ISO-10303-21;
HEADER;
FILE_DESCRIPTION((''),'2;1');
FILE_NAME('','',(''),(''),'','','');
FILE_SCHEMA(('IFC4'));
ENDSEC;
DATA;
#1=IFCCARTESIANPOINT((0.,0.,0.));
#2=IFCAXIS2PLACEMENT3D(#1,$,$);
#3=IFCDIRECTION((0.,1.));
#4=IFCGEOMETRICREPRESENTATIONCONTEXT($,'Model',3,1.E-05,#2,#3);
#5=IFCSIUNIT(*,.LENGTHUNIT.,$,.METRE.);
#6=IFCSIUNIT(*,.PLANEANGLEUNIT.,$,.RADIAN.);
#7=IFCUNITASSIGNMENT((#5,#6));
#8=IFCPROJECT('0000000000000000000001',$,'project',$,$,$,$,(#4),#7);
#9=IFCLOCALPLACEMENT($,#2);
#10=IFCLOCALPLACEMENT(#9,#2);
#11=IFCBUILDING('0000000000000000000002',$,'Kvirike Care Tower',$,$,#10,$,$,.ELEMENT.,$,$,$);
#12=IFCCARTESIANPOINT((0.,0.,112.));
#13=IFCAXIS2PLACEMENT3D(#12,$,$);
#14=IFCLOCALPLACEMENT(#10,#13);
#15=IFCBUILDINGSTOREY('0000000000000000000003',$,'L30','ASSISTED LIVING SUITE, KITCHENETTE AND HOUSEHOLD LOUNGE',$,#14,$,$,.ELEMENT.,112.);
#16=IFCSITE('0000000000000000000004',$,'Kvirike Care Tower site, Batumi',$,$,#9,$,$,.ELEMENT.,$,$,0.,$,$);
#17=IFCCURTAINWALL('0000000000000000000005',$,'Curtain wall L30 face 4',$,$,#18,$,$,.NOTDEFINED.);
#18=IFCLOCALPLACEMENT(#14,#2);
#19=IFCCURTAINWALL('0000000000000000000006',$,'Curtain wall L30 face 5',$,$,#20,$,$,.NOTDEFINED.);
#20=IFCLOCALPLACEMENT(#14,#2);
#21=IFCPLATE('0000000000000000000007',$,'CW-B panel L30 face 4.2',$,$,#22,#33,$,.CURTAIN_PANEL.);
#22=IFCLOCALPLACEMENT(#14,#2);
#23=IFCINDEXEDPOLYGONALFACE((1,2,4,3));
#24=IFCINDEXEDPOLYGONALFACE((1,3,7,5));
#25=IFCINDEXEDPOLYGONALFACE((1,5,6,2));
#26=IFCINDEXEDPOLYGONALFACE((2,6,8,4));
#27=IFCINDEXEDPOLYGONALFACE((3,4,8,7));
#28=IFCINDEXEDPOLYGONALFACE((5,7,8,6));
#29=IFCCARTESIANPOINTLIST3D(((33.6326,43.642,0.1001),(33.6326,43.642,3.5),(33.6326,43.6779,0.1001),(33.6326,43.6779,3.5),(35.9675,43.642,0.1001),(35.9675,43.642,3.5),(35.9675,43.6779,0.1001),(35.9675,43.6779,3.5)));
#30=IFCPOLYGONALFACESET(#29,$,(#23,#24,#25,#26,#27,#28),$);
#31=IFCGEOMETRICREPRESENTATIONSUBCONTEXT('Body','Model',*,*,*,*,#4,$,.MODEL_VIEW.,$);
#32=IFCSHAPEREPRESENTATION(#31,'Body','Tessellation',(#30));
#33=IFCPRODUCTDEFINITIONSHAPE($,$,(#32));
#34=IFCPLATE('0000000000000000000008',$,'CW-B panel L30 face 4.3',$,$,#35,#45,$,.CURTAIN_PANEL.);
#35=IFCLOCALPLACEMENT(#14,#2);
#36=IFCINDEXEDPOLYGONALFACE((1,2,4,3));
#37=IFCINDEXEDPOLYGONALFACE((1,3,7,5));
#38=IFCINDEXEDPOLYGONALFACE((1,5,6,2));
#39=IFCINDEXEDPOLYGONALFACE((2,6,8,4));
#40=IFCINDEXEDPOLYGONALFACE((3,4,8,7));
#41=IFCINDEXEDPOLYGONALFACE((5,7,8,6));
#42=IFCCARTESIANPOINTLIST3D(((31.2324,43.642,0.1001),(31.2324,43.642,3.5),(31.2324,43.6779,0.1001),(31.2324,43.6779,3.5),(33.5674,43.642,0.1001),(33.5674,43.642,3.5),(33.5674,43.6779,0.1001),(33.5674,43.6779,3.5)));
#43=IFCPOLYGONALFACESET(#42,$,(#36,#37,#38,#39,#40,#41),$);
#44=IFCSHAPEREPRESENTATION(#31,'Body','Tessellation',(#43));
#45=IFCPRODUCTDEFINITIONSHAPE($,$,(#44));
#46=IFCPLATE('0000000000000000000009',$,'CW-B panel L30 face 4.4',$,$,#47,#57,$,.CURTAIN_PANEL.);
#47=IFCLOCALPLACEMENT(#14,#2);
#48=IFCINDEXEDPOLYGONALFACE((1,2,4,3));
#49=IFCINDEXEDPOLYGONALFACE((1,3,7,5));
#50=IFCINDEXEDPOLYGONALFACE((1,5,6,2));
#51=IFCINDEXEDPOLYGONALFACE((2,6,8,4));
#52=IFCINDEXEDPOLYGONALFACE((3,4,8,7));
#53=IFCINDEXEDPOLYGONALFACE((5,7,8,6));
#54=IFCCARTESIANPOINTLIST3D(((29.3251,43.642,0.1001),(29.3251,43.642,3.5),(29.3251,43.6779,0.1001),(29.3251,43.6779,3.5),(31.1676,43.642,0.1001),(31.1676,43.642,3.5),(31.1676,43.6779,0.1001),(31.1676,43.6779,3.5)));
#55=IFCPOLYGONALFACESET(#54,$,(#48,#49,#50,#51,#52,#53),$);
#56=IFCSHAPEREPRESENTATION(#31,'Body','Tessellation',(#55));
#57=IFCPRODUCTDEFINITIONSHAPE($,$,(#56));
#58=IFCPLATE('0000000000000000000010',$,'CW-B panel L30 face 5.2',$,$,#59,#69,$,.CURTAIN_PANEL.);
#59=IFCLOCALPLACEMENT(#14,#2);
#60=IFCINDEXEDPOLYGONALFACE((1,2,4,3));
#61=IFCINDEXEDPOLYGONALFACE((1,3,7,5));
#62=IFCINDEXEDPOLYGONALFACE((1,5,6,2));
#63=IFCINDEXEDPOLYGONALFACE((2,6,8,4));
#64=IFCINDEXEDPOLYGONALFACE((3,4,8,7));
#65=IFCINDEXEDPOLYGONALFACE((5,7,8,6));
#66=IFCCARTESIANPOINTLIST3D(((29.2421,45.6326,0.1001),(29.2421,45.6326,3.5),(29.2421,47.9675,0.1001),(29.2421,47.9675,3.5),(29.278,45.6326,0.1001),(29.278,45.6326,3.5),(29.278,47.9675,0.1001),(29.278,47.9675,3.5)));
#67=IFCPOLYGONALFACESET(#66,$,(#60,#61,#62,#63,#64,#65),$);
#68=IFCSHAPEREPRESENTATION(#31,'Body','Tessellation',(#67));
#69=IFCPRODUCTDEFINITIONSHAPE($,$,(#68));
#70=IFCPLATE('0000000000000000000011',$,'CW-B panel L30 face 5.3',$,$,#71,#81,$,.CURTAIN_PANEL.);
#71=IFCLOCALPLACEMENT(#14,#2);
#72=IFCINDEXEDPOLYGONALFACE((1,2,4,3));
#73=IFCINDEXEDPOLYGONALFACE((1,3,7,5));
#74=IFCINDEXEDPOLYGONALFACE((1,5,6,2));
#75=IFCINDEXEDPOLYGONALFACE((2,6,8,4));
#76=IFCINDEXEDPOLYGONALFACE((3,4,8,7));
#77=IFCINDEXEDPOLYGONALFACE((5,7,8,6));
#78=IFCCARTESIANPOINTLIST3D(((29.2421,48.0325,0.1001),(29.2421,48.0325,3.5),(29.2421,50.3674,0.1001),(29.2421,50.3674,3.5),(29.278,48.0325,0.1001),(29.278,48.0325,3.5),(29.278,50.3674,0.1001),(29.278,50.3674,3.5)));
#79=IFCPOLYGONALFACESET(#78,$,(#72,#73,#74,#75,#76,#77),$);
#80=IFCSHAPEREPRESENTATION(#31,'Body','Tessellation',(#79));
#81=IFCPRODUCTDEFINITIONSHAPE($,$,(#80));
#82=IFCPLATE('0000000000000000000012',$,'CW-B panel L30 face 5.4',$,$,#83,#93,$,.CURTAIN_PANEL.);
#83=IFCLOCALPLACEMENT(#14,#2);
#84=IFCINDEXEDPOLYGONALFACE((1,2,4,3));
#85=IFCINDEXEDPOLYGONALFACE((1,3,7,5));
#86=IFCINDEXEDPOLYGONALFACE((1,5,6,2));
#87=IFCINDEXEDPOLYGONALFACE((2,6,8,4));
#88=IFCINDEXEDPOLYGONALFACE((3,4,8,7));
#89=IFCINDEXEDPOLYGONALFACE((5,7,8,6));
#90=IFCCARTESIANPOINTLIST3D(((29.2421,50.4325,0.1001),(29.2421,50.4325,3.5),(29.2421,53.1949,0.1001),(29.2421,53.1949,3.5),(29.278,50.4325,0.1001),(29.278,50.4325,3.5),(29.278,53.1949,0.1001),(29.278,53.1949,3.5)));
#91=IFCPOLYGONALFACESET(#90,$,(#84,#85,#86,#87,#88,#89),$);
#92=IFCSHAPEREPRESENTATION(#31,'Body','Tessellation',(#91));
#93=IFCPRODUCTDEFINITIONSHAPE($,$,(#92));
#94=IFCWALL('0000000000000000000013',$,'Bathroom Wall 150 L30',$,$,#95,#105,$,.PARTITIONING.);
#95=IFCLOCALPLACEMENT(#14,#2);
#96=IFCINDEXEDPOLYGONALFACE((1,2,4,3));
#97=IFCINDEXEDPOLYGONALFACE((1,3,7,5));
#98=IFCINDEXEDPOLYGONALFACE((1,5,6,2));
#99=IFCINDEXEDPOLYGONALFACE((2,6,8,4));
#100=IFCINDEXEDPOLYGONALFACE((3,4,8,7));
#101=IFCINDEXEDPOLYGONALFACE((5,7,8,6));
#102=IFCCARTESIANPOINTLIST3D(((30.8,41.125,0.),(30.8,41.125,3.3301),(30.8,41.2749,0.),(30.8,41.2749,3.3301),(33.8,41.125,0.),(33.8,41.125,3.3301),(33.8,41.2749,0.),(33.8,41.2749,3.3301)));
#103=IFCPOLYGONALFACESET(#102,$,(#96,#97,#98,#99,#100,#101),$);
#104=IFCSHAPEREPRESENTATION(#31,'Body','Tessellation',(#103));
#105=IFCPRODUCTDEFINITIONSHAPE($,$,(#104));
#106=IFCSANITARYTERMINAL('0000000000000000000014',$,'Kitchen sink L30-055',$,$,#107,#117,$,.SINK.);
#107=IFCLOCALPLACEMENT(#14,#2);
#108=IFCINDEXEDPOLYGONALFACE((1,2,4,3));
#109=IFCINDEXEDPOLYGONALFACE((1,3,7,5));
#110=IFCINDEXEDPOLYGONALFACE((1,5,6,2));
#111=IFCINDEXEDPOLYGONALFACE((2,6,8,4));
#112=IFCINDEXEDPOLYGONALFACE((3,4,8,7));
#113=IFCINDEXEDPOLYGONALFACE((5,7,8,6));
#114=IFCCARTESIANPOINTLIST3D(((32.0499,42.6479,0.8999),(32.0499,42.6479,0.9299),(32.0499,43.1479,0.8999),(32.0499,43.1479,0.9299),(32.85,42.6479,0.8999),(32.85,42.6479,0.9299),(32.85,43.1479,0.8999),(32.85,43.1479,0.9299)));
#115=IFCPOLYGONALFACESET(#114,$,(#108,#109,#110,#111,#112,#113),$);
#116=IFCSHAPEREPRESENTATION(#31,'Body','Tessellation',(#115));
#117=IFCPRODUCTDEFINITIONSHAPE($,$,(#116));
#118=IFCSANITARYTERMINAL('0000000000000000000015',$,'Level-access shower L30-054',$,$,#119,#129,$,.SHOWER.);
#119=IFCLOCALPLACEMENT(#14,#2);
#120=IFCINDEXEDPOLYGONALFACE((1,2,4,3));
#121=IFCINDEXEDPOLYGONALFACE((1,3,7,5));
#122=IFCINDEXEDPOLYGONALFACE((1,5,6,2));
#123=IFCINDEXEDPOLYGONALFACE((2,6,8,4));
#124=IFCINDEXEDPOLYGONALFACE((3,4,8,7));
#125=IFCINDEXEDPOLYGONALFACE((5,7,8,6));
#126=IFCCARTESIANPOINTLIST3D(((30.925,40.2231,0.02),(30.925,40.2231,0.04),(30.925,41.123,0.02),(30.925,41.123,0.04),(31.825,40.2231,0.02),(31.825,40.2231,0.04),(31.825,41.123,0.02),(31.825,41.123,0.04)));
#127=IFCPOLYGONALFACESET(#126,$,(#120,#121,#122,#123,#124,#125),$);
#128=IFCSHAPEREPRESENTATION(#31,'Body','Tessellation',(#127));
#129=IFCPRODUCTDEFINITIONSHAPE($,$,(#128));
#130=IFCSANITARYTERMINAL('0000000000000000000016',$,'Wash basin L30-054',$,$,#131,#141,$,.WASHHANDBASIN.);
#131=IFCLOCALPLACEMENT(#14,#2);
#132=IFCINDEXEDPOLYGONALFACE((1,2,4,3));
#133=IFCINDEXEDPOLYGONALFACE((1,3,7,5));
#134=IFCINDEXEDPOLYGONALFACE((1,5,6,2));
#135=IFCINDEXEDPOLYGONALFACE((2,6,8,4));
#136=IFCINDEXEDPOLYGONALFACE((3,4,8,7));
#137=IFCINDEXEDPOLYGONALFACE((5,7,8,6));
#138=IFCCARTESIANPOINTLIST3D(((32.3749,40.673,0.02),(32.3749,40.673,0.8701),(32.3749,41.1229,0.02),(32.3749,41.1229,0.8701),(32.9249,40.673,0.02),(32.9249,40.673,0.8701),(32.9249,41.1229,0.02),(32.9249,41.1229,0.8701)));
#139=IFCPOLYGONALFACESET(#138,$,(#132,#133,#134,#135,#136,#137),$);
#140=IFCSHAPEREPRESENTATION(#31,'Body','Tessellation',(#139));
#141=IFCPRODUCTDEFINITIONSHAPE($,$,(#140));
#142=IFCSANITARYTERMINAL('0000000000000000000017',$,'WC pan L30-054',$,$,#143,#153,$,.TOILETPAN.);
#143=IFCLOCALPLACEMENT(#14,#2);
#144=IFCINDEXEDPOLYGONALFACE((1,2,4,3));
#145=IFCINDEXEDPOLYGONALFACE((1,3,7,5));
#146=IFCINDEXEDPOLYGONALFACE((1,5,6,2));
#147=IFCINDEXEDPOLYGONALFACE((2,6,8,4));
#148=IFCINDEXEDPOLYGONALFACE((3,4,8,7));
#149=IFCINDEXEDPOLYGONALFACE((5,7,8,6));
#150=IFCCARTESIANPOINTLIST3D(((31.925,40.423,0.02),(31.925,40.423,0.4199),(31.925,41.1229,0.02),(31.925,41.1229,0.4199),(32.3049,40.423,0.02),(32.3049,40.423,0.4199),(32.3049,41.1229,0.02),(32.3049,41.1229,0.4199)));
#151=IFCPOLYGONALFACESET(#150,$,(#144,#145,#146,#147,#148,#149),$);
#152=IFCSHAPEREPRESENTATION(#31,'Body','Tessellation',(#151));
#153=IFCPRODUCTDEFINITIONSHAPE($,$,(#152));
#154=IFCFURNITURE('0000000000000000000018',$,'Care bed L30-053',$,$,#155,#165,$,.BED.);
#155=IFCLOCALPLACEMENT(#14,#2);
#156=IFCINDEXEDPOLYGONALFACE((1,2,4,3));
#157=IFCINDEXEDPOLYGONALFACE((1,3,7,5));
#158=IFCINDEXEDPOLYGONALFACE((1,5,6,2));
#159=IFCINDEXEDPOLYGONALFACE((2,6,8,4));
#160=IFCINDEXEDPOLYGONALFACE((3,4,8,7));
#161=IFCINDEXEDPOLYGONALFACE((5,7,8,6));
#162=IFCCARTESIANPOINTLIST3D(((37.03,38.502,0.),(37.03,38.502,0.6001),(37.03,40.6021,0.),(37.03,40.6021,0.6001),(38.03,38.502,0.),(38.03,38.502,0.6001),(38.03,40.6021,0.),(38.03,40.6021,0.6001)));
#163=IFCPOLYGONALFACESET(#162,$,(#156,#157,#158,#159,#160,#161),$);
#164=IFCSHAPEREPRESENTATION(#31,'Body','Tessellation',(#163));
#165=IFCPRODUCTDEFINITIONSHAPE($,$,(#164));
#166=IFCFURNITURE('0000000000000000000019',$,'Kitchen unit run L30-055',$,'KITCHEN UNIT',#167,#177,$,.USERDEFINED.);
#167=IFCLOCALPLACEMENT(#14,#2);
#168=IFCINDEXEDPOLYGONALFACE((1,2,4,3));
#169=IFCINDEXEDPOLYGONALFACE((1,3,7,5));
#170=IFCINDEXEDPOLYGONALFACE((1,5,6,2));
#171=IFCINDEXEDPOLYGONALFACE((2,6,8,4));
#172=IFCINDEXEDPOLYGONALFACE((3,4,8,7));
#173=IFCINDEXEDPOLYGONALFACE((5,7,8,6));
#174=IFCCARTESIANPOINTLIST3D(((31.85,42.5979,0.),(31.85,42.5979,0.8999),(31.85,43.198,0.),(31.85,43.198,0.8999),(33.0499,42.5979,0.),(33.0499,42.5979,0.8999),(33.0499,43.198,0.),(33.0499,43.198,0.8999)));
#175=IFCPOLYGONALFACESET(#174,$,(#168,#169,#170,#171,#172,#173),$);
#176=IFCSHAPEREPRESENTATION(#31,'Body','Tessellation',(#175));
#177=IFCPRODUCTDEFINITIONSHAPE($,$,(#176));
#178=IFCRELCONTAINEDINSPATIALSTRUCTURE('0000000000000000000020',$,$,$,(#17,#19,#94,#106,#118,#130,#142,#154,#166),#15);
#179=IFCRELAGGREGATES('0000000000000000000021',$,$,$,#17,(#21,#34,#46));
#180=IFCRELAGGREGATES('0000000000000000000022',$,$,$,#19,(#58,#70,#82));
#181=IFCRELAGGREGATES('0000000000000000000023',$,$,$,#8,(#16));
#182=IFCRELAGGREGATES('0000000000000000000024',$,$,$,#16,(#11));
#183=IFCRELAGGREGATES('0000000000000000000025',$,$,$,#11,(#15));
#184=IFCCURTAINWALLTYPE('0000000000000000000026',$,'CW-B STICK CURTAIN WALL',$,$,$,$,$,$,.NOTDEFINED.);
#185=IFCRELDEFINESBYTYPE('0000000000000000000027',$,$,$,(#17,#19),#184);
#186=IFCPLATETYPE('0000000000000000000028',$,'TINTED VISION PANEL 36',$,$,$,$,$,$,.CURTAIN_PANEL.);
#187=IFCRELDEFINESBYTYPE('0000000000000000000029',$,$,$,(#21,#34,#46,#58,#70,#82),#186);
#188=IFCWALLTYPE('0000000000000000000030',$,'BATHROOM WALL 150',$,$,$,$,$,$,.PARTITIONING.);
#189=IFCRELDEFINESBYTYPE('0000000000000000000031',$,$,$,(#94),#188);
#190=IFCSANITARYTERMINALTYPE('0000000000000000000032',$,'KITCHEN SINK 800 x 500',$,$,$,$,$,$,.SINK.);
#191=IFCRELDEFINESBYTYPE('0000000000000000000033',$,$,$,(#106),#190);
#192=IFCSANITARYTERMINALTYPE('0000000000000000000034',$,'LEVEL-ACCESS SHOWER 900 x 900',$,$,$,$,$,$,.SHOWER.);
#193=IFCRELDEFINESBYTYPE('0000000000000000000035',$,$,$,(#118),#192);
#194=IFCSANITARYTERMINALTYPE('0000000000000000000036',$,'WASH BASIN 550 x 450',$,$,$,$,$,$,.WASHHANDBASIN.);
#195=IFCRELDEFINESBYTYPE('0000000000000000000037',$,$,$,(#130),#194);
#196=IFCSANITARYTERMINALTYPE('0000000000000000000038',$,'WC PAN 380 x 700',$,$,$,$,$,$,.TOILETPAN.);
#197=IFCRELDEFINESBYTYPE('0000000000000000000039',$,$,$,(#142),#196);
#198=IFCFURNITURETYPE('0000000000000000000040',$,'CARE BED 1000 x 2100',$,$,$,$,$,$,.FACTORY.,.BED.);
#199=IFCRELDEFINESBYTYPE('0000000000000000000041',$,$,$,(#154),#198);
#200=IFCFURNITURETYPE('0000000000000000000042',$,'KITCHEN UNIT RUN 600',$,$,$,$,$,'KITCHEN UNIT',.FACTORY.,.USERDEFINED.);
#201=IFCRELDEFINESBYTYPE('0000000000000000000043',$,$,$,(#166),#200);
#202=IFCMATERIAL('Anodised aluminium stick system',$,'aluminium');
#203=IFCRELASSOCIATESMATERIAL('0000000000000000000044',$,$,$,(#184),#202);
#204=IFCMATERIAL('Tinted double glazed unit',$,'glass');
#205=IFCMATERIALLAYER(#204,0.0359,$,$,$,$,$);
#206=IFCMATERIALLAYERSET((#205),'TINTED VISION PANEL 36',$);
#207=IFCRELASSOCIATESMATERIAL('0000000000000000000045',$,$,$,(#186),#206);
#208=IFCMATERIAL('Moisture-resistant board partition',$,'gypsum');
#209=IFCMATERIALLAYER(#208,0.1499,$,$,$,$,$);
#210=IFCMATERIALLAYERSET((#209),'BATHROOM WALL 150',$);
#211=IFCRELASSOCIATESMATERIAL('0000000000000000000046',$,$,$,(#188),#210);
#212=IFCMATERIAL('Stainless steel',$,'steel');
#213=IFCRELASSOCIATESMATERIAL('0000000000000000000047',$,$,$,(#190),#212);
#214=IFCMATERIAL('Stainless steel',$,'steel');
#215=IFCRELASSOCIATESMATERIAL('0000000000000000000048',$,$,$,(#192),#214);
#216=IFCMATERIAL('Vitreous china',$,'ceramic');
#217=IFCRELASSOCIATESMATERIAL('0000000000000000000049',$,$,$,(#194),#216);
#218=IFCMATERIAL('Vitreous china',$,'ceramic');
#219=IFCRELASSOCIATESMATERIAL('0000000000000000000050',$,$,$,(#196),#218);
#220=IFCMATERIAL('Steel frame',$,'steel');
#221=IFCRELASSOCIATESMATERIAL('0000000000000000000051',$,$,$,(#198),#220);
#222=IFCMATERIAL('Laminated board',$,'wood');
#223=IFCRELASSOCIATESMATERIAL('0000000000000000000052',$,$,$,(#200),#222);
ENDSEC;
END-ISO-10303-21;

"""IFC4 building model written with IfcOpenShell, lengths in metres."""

from ifc_helpers import new_model, si_unit, direction, frame, frame_2d, origin, origin_2d, place, context, subcontext, project, spatial, rectangle, extrude, material, layer, layer_set, type_object, element, aggregate, save


model = new_model("IFC4")

# Units and contexts
model_context = context("Model", 3, precision=1e-05, world=origin(), true_north=direction((0.0, 1.0)))
body_context = subcontext(model_context, "Body", "Model", "MODEL_VIEW")
ifc_project = project(units=[si_unit("LENGTHUNIT", "METRE"), si_unit("PLANEANGLEUNIT", "RADIAN")], contexts=[model_context])

# Site, building, storey
site_placement = place(None, origin())
site = spatial("IfcSite", under=ifc_project, at=site_placement, Name="Kvirike Care Tower site, Batumi", CompositionType="ELEMENT", RefElevation=0.0)
building_placement = place(site_placement, origin())
building = spatial("IfcBuilding", under=site, at=building_placement, Name="Kvirike Care Tower", CompositionType="ELEMENT")
storey_placement = place(building_placement, frame((0.0, 0.0, 112.0)))
storey = spatial("IfcBuildingStorey", under=building, at=storey_placement, Name="L30", Description="ASSISTED LIVING SUITE, KITCHENETTE AND HOUSEHOLD LOUNGE", CompositionType="ELEMENT", Elevation=112.0)

# Curtain walls
ifc_material_1 = material(Name="Anodised aluminium stick system", Category="aluminium")
curtain_wall_type = type_object("IfcCurtainWallType", Name="CW-B STICK CURTAIN WALL", PredefinedType="NOTDEFINED", material=ifc_material_1)
curtain_wall_1_placement = place(storey_placement, origin())
curtain_wall_1 = element("IfcCurtainWall", 1, at=curtain_wall_1_placement, inside=storey, type_object=curtain_wall_type, Name="Curtain wall L30 face 4", PredefinedType="NOTDEFINED")
curtain_wall_2_placement = place(storey_placement, origin())
curtain_wall_2 = element("IfcCurtainWall", 2, at=curtain_wall_2_placement, inside=storey, type_object=curtain_wall_type, Name="Curtain wall L30 face 5", PredefinedType="NOTDEFINED")

# Plates
ifc_material_2 = material(Name="Tinted double glazed unit", Category="glass")
ifc_layer_1 = layer(ifc_material_2, 0.0359)
ifc_layer_set_1 = layer_set([ifc_layer_1], Name="TINTED VISION PANEL 36")
plate_type = type_object("IfcPlateType", Name="TINTED VISION PANEL 36", PredefinedType="CURTAIN_PANEL", material=ifc_layer_set_1)
plate_1_placement = place(storey_placement, frame((34.8, 43.6599, 0.1001), z_axis=(0.0, 0.0, 1.0), x_axis=(-1.0, 0.0, 0.0)))
plate_1 = element("IfcPlate", 3, at=plate_1_placement, type_object=plate_type, Name="CW-B panel L30 face 4.2", PredefinedType="CURTAIN_PANEL", context=body_context, shape_type="SweptSolid", body=[
    extrude(rectangle(XDim=2.335, YDim=0.0359, at=origin_2d()), origin(), (0.0, 0.0, 1.0), 3.3999),
])
plate_2_placement = place(storey_placement, frame((32.3999, 43.6599, 0.1001), z_axis=(0.0, 0.0, 1.0), x_axis=(-1.0, 0.0, 0.0)))
plate_2 = element("IfcPlate", 4, at=plate_2_placement, type_object=plate_type, Name="CW-B panel L30 face 4.3", PredefinedType="CURTAIN_PANEL", context=body_context, shape_type="SweptSolid", body=[
    extrude(rectangle(XDim=2.335, YDim=0.0359, at=origin_2d()), origin(), (0.0, 0.0, 1.0), 3.3999),
])
plate_3_placement = place(storey_placement, frame((30.2463, 43.6599, 0.1001), z_axis=(0.0, 0.0, 1.0), x_axis=(-1.0, 0.0, 0.0)))
plate_3 = element("IfcPlate", 5, at=plate_3_placement, type_object=plate_type, Name="CW-B panel L30 face 4.4", PredefinedType="CURTAIN_PANEL", context=body_context, shape_type="SweptSolid", body=[
    extrude(rectangle(XDim=1.8425, YDim=0.0359, at=origin_2d()), origin(), (0.0, 0.0, 1.0), 3.3999),
])
aggregate(curtain_wall_1, [plate_1, plate_2, plate_3])
plate_4_placement = place(storey_placement, frame((29.26, 46.8, 0.1001), z_axis=(0.0, 0.0, 1.0), x_axis=(0.0, 1.0, 0.0)))
plate_4 = element("IfcPlate", 6, at=plate_4_placement, type_object=plate_type, Name="CW-B panel L30 face 5.2", PredefinedType="CURTAIN_PANEL", context=body_context, shape_type="SweptSolid", body=[
    extrude(rectangle(XDim=2.335, YDim=0.0359, at=origin_2d()), origin(), (0.0, 0.0, 1.0), 3.3999),
])
plate_5_placement = place(storey_placement, frame((29.26, 49.2, 0.1001), z_axis=(0.0, 0.0, 1.0), x_axis=(0.0, 1.0, 0.0)))
plate_5 = element("IfcPlate", 7, at=plate_5_placement, type_object=plate_type, Name="CW-B panel L30 face 5.3", PredefinedType="CURTAIN_PANEL", context=body_context, shape_type="SweptSolid", body=[
    extrude(rectangle(XDim=2.335, YDim=0.0359, at=origin_2d()), origin(), (0.0, 0.0, 1.0), 3.3999),
])
plate_6_placement = place(storey_placement, frame((29.26, 51.8137, 0.1001), z_axis=(0.0, 0.0, 1.0), x_axis=(0.0, 1.0, 0.0)))
plate_6 = element("IfcPlate", 8, at=plate_6_placement, type_object=plate_type, Name="CW-B panel L30 face 5.4", PredefinedType="CURTAIN_PANEL", context=body_context, shape_type="SweptSolid", body=[
    extrude(rectangle(XDim=2.7625, YDim=0.0359, at=origin_2d()), origin(), (0.0, 0.0, 1.0), 3.3999),
])
aggregate(curtain_wall_2, [plate_4, plate_5, plate_6])

# Wall
ifc_material_3 = material(Name="Moisture-resistant board partition", Category="gypsum")
ifc_layer_2 = layer(ifc_material_3, 0.1499)
ifc_layer_set_2 = layer_set([ifc_layer_2], Name="BATHROOM WALL 150")
wall_type = type_object("IfcWallType", Name="BATHROOM WALL 150", PredefinedType="PARTITIONING", material=ifc_layer_set_2)
wall_placement = place(storey_placement, frame((33.8, 41.2, 0.0), z_axis=(0.0, 0.0, 1.0), x_axis=(-1.0, 0.0, 0.0)))
element("IfcWall", 9, at=wall_placement, inside=storey, type_object=wall_type, Name="Bathroom Wall 150 L30", PredefinedType="PARTITIONING", context=body_context, shape_type="SweptSolid", body=[
    extrude(rectangle(XDim=3.0, YDim=0.1499, at=frame_2d((1.5, 0.0))), origin(), (0.0, 0.0, 1.0), 3.3301),
])

# Sanitary terminals
ifc_material_4 = material(Name="Stainless steel", Category="steel")
sanitary_terminal_type_1 = type_object("IfcSanitaryTerminalType", Name="KITCHEN SINK 800 x 500", PredefinedType="SINK", material=ifc_material_4)
sanitary_terminal_1_placement = place(storey_placement, frame((32.45, 42.8979, 0.8999), z_axis=(0.0, 0.0, 1.0), x_axis=(1.0, 0.0, 0.0)))
element("IfcSanitaryTerminal", 10, at=sanitary_terminal_1_placement, inside=storey, type_object=sanitary_terminal_type_1, Name="Kitchen sink L30-055", PredefinedType="SINK", context=body_context, shape_type="SweptSolid", body=[
    extrude(rectangle(XDim=0.8, YDim=0.5, at=origin_2d()), origin(), (0.0, 0.0, 1.0), 0.03),
])
ifc_material_5 = material(Name="Stainless steel", Category="steel")
sanitary_terminal_type_2 = type_object("IfcSanitaryTerminalType", Name="LEVEL-ACCESS SHOWER 900 x 900", PredefinedType="SHOWER", material=ifc_material_5)
sanitary_terminal_2_placement = place(storey_placement, frame((31.375, 40.6731, 0.02), z_axis=(0.0, 0.0, 1.0), x_axis=(1.0, 0.0, 0.0)))
element("IfcSanitaryTerminal", 11, at=sanitary_terminal_2_placement, inside=storey, type_object=sanitary_terminal_type_2, Name="Level-access shower L30-054", PredefinedType="SHOWER", context=body_context, shape_type="SweptSolid", body=[
    extrude(rectangle(XDim=0.8999, YDim=0.8999, at=origin_2d()), origin(), (0.0, 0.0, 1.0), 0.02),
])
ifc_material_6 = material(Name="Vitreous china", Category="ceramic")
sanitary_terminal_type_3 = type_object("IfcSanitaryTerminalType", Name="WASH BASIN 550 x 450", PredefinedType="WASHHANDBASIN", material=ifc_material_6)
sanitary_terminal_3_placement = place(storey_placement, frame((32.6499, 40.8979, 0.02), z_axis=(0.0, 0.0, 1.0), x_axis=(1.0, 0.0, 0.0)))
element("IfcSanitaryTerminal", 12, at=sanitary_terminal_3_placement, inside=storey, type_object=sanitary_terminal_type_3, Name="Wash basin L30-054", PredefinedType="WASHHANDBASIN", context=body_context, shape_type="SweptSolid", body=[
    extrude(rectangle(XDim=0.55, YDim=0.45, at=origin_2d()), origin(), (0.0, 0.0, 1.0), 0.8501),
])
ifc_material_7 = material(Name="Vitreous china", Category="ceramic")
sanitary_terminal_type_4 = type_object("IfcSanitaryTerminalType", Name="WC PAN 380 x 700", PredefinedType="TOILETPAN", material=ifc_material_7)
sanitary_terminal_4_placement = place(storey_placement, frame((32.115, 40.7729, 0.02), z_axis=(0.0, 0.0, 1.0), x_axis=(1.0, 0.0, 0.0)))
element("IfcSanitaryTerminal", 13, at=sanitary_terminal_4_placement, inside=storey, type_object=sanitary_terminal_type_4, Name="WC pan L30-054", PredefinedType="TOILETPAN", context=body_context, shape_type="SweptSolid", body=[
    extrude(rectangle(XDim=0.3799, YDim=0.7, at=origin_2d()), origin(), (0.0, 0.0, 1.0), 0.3999),
])

# Furniture
ifc_material_8 = material(Name="Steel frame", Category="steel")
furniture_type_1 = type_object("IfcFurnitureType", Name="CARE BED 1000 x 2100", AssemblyPlace="FACTORY", PredefinedType="BED", material=ifc_material_8)
furniture_1_placement = place(storey_placement, frame((37.53, 39.552, 0.0), z_axis=(0.0, 0.0, 1.0), x_axis=(-1.0, 0.0, 0.0)))
element("IfcFurniture", 14, at=furniture_1_placement, inside=storey, type_object=furniture_type_1, Name="Care bed L30-053", PredefinedType="BED", context=body_context, shape_type="SweptSolid", body=[
    extrude(rectangle(XDim=1.0, YDim=2.1001, at=origin_2d()), origin(), (0.0, 0.0, 1.0), 0.6001),
])
ifc_material_9 = material(Name="Laminated board", Category="wood")
furniture_type_2 = type_object("IfcFurnitureType", Name="KITCHEN UNIT RUN 600", ElementType="KITCHEN UNIT", AssemblyPlace="FACTORY", PredefinedType="USERDEFINED", material=ifc_material_9)
furniture_2_placement = place(storey_placement, frame((32.45, 42.8979, 0.0), z_axis=(0.0, 0.0, 1.0), x_axis=(1.0, 0.0, 0.0)))
element("IfcFurniture", 15, at=furniture_2_placement, inside=storey, type_object=furniture_type_2, Name="Kitchen unit run L30-055", ObjectType="KITCHEN UNIT", PredefinedType="USERDEFINED", context=body_context, shape_type="SweptSolid", body=[
    extrude(rectangle(XDim=1.2, YDim=0.6001, at=origin_2d()), origin(), (0.0, 0.0, 1.0), 0.8999),
])

save(model, "model.ifc")
